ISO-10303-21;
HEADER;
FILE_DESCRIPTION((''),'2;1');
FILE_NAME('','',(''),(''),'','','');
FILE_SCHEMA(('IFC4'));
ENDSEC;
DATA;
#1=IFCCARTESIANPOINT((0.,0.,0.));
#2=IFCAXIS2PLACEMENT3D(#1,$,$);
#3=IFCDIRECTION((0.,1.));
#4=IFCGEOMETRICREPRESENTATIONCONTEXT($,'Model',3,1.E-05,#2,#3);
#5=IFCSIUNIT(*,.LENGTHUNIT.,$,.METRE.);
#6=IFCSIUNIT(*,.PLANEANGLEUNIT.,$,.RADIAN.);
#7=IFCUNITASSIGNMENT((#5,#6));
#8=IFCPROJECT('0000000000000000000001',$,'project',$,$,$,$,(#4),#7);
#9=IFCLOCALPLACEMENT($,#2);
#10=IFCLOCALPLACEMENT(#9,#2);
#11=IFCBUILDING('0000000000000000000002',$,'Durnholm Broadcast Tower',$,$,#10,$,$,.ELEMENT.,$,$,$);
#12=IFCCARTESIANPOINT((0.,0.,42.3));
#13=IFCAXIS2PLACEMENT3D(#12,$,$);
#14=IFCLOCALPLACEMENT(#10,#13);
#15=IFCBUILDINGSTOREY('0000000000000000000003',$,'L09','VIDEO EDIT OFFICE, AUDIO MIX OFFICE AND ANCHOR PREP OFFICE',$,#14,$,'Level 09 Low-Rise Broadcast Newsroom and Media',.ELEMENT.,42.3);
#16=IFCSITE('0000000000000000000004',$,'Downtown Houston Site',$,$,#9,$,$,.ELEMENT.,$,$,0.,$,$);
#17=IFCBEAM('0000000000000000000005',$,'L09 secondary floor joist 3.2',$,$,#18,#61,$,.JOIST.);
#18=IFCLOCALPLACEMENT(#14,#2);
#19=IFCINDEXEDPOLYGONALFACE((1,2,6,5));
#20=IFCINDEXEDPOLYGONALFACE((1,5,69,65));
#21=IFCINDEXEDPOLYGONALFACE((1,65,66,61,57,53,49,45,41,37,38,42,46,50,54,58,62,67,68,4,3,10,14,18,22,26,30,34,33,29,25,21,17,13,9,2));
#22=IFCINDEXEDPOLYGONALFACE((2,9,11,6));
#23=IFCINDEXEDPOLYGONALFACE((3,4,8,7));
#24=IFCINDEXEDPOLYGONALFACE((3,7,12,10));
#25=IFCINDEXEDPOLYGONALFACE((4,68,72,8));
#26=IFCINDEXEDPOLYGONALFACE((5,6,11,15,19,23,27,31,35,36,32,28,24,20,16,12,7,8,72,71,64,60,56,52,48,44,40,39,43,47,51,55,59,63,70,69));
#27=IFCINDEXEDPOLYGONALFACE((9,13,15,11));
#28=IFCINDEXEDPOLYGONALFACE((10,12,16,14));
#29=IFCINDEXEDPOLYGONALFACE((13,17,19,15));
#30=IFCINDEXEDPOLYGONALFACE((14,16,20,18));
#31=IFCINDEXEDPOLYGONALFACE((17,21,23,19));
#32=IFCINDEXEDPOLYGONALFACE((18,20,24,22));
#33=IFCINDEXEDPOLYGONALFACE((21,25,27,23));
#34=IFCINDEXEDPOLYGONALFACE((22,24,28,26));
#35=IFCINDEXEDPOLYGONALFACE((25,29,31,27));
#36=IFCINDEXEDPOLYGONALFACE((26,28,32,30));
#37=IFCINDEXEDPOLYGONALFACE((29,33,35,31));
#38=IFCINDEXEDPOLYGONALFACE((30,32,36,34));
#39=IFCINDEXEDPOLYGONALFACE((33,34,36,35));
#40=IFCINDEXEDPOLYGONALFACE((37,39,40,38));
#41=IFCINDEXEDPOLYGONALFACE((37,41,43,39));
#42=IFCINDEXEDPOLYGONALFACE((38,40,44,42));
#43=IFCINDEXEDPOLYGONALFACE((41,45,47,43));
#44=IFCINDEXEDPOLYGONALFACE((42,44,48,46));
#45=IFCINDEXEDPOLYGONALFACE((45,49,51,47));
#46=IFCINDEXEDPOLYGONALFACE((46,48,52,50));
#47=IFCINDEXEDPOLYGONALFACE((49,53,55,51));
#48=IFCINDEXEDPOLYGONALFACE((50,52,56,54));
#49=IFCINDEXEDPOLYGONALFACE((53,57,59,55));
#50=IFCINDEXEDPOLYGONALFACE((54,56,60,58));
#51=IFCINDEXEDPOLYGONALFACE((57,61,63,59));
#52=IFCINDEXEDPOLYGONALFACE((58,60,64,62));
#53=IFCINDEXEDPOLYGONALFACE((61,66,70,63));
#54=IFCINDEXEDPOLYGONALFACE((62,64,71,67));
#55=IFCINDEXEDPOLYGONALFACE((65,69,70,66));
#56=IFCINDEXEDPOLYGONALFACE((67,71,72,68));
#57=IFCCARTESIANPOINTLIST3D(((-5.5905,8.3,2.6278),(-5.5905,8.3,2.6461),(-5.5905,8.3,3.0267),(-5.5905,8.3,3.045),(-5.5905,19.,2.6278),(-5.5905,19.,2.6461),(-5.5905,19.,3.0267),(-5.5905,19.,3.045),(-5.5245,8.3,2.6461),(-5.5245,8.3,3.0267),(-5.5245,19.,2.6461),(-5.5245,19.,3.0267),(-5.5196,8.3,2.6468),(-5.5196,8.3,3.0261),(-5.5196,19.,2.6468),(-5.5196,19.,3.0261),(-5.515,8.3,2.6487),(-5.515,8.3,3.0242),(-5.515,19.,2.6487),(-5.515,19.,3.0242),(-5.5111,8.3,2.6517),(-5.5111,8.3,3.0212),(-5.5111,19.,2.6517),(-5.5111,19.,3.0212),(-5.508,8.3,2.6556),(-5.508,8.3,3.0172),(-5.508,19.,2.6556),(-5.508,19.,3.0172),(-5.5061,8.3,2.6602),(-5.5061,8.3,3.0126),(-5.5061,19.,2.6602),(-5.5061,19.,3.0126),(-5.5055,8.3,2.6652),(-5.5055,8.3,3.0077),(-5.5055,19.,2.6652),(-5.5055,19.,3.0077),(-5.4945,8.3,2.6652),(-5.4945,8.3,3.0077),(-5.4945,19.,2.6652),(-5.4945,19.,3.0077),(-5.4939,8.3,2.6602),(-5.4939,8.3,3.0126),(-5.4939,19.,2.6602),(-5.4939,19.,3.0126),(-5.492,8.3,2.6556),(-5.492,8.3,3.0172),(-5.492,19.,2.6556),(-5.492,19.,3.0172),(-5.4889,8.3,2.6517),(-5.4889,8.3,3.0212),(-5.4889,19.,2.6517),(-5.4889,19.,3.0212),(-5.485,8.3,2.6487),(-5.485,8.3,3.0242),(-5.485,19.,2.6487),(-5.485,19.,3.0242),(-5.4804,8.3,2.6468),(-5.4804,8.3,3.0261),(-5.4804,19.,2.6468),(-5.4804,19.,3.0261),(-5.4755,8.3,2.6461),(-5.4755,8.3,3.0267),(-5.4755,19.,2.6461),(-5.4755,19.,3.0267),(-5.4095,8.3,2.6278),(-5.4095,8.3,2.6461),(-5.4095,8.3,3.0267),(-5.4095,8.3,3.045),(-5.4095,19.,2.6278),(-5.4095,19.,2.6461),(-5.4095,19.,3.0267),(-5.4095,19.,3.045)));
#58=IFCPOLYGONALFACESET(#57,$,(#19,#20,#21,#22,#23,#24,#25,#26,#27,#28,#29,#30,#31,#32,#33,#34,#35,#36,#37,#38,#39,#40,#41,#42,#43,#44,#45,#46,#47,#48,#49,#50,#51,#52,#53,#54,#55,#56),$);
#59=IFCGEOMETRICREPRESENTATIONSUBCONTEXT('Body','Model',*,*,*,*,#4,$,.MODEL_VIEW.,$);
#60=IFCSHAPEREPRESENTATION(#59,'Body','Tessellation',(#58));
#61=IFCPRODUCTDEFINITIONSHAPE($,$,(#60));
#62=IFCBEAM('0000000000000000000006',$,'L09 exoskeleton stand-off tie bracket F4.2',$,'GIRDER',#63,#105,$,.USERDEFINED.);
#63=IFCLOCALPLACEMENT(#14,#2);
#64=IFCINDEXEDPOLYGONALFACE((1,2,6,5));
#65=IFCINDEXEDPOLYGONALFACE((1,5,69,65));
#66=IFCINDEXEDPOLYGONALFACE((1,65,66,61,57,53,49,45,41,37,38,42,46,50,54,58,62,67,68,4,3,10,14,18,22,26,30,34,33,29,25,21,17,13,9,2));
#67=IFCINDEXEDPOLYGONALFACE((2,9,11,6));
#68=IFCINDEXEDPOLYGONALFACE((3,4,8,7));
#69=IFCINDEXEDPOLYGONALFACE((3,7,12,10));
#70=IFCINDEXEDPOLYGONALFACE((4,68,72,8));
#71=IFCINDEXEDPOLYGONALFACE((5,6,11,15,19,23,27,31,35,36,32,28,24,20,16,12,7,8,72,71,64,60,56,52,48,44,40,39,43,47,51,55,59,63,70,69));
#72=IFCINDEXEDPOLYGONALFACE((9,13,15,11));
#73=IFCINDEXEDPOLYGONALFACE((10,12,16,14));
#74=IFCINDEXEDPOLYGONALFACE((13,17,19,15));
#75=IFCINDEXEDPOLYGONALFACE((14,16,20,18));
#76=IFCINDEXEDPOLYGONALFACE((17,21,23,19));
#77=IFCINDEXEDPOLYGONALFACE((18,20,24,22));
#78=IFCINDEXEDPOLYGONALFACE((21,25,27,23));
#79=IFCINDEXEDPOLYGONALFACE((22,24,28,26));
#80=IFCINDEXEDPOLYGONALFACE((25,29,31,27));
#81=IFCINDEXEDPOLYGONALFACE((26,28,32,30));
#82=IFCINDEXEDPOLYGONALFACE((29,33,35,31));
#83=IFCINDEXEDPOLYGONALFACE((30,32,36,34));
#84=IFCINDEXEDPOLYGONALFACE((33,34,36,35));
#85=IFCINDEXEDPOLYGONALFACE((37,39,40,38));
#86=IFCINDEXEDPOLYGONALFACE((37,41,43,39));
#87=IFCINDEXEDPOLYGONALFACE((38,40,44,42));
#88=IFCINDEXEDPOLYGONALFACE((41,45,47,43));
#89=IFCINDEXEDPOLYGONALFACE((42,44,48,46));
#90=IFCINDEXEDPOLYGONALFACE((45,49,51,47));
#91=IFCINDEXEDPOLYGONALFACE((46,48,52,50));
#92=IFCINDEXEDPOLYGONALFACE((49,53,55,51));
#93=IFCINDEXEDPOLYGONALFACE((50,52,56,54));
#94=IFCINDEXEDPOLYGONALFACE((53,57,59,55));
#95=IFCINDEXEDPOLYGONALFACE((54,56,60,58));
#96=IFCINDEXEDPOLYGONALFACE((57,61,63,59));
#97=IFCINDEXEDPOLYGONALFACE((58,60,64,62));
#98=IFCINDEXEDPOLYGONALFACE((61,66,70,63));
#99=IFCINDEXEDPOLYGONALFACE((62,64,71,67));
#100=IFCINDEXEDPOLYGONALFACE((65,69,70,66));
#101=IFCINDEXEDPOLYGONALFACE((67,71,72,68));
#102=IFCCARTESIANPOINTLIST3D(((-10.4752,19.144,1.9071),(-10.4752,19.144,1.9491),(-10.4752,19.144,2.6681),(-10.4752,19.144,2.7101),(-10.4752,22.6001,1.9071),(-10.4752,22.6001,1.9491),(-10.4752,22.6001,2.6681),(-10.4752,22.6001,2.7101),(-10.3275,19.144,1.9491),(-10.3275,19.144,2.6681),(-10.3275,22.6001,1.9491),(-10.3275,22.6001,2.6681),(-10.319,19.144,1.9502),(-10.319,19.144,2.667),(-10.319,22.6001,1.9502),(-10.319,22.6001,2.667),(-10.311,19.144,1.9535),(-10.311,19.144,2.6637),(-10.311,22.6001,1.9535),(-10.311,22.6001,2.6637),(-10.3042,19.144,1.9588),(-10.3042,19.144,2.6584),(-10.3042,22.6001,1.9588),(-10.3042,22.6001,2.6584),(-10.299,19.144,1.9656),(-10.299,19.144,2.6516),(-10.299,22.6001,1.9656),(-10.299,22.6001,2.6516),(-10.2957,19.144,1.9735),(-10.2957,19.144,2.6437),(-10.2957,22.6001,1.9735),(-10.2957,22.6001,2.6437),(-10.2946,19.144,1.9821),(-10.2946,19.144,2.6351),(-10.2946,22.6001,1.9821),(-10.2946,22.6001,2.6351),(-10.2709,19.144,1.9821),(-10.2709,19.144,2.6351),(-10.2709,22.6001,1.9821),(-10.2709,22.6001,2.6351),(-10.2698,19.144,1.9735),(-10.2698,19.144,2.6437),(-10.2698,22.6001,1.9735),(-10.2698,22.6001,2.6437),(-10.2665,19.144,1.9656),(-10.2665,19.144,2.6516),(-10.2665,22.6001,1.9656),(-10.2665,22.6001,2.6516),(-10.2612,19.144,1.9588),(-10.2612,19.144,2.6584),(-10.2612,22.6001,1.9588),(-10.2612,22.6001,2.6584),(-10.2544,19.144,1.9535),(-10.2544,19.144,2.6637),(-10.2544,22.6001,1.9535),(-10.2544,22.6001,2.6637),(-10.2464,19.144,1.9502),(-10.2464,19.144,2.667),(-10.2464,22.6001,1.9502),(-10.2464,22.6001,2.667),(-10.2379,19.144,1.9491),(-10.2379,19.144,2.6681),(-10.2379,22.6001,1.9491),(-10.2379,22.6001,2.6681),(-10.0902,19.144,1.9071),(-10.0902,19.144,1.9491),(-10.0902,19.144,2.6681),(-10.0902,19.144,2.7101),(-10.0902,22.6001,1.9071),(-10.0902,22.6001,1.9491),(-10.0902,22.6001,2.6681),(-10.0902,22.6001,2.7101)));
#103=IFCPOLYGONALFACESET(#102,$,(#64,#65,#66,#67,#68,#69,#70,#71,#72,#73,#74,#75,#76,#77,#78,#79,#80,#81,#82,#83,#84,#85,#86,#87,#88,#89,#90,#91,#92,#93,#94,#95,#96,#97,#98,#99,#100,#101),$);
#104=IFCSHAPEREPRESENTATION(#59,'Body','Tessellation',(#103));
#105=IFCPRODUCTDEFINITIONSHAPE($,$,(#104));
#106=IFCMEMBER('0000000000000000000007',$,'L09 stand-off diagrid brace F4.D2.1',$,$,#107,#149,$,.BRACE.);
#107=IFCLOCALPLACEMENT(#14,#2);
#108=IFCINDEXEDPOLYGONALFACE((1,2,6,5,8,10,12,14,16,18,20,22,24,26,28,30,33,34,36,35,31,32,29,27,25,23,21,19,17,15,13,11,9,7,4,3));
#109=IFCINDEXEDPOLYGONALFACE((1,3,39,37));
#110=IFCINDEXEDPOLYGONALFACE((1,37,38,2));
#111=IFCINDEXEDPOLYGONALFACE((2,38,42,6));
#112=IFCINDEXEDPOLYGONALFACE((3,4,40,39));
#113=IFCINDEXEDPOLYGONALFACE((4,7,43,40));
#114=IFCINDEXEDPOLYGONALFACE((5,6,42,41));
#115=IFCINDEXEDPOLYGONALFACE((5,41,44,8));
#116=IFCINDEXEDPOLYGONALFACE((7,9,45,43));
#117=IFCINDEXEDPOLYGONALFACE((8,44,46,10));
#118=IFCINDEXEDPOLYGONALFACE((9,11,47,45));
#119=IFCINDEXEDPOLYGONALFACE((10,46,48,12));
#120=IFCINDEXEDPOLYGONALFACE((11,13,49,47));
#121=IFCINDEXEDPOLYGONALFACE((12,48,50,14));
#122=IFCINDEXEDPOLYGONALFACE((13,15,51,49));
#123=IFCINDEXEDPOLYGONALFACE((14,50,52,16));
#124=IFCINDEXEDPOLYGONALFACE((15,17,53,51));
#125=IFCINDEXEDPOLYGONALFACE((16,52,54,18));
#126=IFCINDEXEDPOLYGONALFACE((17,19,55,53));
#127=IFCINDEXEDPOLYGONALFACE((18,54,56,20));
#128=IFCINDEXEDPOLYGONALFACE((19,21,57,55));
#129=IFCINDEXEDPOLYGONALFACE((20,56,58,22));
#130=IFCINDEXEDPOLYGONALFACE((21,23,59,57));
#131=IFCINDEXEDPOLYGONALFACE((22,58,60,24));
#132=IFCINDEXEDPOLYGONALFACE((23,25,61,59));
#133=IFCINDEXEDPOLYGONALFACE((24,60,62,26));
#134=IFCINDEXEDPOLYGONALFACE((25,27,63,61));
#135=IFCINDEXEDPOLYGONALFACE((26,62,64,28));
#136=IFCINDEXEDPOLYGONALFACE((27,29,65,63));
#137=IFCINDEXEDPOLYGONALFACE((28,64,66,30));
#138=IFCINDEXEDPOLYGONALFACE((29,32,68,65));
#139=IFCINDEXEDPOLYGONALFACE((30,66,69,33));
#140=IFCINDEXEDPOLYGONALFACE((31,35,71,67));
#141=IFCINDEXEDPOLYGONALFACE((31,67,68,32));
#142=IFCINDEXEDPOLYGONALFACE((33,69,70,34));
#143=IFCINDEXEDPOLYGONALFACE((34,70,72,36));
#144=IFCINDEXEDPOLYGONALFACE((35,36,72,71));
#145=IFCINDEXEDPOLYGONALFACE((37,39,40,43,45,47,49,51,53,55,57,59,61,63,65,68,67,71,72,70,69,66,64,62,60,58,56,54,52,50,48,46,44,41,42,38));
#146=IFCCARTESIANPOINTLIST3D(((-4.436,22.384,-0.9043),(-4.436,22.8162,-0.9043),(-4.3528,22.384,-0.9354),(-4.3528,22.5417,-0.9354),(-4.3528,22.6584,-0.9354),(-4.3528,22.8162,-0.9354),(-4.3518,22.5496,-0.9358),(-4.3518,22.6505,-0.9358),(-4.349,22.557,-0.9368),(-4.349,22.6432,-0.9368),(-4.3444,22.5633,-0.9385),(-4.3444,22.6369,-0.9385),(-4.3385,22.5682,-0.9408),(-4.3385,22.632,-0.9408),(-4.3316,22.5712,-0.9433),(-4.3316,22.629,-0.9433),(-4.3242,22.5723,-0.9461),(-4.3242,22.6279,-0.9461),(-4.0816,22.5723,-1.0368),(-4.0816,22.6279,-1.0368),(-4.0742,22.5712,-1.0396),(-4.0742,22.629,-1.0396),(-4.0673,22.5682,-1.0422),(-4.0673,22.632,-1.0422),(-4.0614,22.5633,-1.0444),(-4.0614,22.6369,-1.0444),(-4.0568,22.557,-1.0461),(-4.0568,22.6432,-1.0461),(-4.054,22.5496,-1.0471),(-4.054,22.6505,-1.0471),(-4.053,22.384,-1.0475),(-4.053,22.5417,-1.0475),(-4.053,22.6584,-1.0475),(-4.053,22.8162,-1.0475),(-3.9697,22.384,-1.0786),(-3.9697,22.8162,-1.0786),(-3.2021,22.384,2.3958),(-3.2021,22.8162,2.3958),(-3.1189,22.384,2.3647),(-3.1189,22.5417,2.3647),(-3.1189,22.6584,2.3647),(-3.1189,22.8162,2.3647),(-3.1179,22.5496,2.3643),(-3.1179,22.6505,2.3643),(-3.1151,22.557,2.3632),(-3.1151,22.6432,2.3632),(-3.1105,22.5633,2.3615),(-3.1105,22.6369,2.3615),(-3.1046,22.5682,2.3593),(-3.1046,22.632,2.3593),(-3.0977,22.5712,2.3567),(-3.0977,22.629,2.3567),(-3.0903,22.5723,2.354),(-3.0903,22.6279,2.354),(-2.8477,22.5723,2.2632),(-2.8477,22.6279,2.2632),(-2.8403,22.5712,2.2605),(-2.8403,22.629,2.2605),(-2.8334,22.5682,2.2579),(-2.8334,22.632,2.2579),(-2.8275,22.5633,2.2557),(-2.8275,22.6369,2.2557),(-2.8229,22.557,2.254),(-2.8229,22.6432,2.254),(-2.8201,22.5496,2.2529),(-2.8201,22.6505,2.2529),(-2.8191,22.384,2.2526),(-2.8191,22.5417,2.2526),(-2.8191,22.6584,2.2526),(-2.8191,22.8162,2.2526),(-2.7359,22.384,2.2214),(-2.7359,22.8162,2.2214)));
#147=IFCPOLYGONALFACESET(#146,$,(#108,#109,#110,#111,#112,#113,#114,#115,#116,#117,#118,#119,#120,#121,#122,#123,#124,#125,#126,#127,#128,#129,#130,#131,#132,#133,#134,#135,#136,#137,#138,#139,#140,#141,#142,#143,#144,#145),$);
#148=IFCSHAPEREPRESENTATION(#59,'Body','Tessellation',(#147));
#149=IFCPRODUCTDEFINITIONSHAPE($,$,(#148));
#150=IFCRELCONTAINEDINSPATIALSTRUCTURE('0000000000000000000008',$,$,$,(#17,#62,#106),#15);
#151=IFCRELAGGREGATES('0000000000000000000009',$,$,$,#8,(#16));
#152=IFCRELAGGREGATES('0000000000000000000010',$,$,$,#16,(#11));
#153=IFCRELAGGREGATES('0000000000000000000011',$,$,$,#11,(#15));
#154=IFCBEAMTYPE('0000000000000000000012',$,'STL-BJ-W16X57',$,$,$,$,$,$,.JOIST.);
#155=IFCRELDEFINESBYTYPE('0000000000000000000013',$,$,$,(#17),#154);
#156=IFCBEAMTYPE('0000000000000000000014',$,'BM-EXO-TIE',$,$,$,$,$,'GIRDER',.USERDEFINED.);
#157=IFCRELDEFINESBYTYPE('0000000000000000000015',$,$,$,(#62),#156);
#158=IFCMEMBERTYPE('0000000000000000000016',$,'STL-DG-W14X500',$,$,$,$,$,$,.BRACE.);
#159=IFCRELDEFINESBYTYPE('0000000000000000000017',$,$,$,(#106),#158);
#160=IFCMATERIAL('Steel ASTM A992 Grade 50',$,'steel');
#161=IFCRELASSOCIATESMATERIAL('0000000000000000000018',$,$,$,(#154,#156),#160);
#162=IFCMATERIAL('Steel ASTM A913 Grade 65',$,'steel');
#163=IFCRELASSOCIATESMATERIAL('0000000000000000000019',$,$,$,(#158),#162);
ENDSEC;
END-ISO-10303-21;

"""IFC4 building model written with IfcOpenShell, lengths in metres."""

from ifc_helpers import new_model, si_unit, direction, frame, origin, origin_2d, place, context, subcontext, project, spatial, i_section, extrude, source, transform, mapped, material, material_profile, profile_set, type_object, type_shapes, element, save


model = new_model("IFC4")

# Units and contexts
model_context = context("Model", 3, precision=1e-05, world=origin(), true_north=direction((0.0, 1.0)))
body_context = subcontext(model_context, "Body", "Model", "MODEL_VIEW")
ifc_project = project(units=[si_unit("LENGTHUNIT", "METRE"), si_unit("PLANEANGLEUNIT", "RADIAN")], contexts=[model_context])

# Site, building, storey
site_placement = place(None, origin())
site = spatial("IfcSite", under=ifc_project, at=site_placement, Name="Downtown Houston Site", CompositionType="ELEMENT", RefElevation=0.0)
building_placement = place(site_placement, origin())
building = spatial("IfcBuilding", under=site, at=building_placement, Name="Durnholm Broadcast Tower", CompositionType="ELEMENT")
storey_placement = place(building_placement, frame((0.0, 0.0, 42.3)))
storey = spatial("IfcBuildingStorey", under=building, at=storey_placement, Name="L09", Description="VIDEO EDIT OFFICE, AUDIO MIX OFFICE AND ANCHOR PREP OFFICE", LongName="Level 09 Low-Rise Broadcast Newsroom and Media", CompositionType="ELEMENT", Elevation=42.3)

# Beams
ifc_material_1 = material(Name="Steel ASTM A992 Grade 50", Category="steel")
ifc_material_profile_1 = material_profile(ifc_material_1, i_section(OverallWidth=0.1809, OverallDepth=0.4172, WebThickness=0.011, FlangeThickness=0.0183, FilletRadius=0.019, at=origin_2d()), Name="W16X57")
ifc_profile_set_1 = profile_set([ifc_material_profile_1], Name="Steel ASTM A992 Grade 50")
beam_type_1 = type_object("IfcBeamType", Name="STL-BJ-W16X57", PredefinedType="JOIST", material=ifc_profile_set_1)
shared_shape_1 = source(origin(), body_context, "Body", "SweptSolid", [
    extrude(i_section(OverallWidth=0.1809, OverallDepth=0.4172, WebThickness=0.011, FlangeThickness=0.0183, FilletRadius=0.019, at=origin_2d()), origin(), (0.0, 0.0, 1.0), 10.7),
])
type_shapes(beam_type_1, [shared_shape_1])
beam_1_placement = place(storey_placement, frame((-5.5, 8.3, 2.8364), z_axis=(0.0, 1.0, 0.0), x_axis=(-1.0, 0.0, 0.0)))
element("IfcBeam", 1, at=beam_1_placement, inside=storey, type_object=beam_type_1, Name="L09 secondary floor joist 3.2", PredefinedType="JOIST", context=body_context, shape_type="MappedRepresentation", body=[
    mapped(shared_shape_1, transform((0.0, 0.0, 0.0), x_axis=(1.0, 0.0, 0.0), y_axis=(0.0, 1.0, 0.0), z_axis=(0.0, 0.0, 1.0), scale=1.0)),
])
ifc_material_profile_2 = material_profile(ifc_material_1, i_section(OverallWidth=0.385, OverallDepth=0.803, WebThickness=0.0237, FlangeThickness=0.042, FilletRadius=0.033, at=origin_2d()), Name="W30X261")
ifc_profile_set_2 = profile_set([ifc_material_profile_2], Name="Steel ASTM A992 Grade 50")
beam_type_2 = type_object("IfcBeamType", Name="BM-EXO-TIE", ElementType="GIRDER", PredefinedType="USERDEFINED", material=ifc_profile_set_2)
shared_shape_2 = source(origin(), body_context, "Body", "SweptSolid", [
    extrude(i_section(OverallWidth=0.385, OverallDepth=0.803, WebThickness=0.0237, FlangeThickness=0.042, FilletRadius=0.033, at=origin_2d()), origin(), (0.0, 0.0, 1.0), 3.4561),
])
type_shapes(beam_type_2, [shared_shape_2])
beam_2_placement = place(storey_placement, frame((-10.2827, 19.144, 2.3086), z_axis=(0.0, 1.0, 0.0), x_axis=(-1.0, 0.0, 0.0)))
element("IfcBeam", 2, at=beam_2_placement, inside=storey, type_object=beam_type_2, Name="L09 exoskeleton stand-off tie bracket F4.2", ObjectType="GIRDER", PredefinedType="USERDEFINED", context=body_context, shape_type="MappedRepresentation", body=[
    mapped(shared_shape_2, transform((0.0, 0.0, 0.0), x_axis=(1.0, 0.0, 0.0), y_axis=(0.0, 1.0, 0.0), z_axis=(0.0, 0.0, 1.0), scale=1.0)),
])

# Member
ifc_material_2 = material(Name="Steel ASTM A913 Grade 65", Category="steel")
ifc_material_profile_3 = material_profile(ifc_material_2, i_section(OverallWidth=0.4321, OverallDepth=0.4978, WebThickness=0.0557, FlangeThickness=0.0889, FilletRadius=0.0305, at=origin_2d()), Name="W14X500")
ifc_profile_set_3 = profile_set([ifc_material_profile_3], Name="Steel ASTM A913 Grade 65")
member_type = type_object("IfcMemberType", Name="STL-DG-W14X500", PredefinedType="BRACE", material=ifc_profile_set_3)
shared_shape_3 = source(origin(), body_context, "Body", "SweptSolid", [
    extrude(i_section(OverallWidth=0.4321, OverallDepth=0.4978, WebThickness=0.0557, FlangeThickness=0.0889, FilletRadius=0.0305, at=origin_2d()), origin(), (0.0, 0.0, 1.0), 3.5232),
])
type_shapes(member_type, [shared_shape_3])
for number, where, z_axis, x_axis, name in (
    (3, (-4.2029, 22.6001, -0.9915), (0.35022, 0.0, 0.936668), (0.0, 1.0, 0.0), "L09 stand-off diagrid brace F4.D2.1"),
):
    element("IfcMember", number, at=place(storey_placement, frame(where, z_axis=z_axis, x_axis=x_axis)), inside=storey, type_object=member_type, Name=name, PredefinedType="BRACE", context=body_context, shape_type="MappedRepresentation", body=[
        mapped(shared_shape_3, transform((0.0, 0.0, 0.0), x_axis=(1.0, 0.0, 0.0), y_axis=(0.0, 1.0, 0.0), z_axis=(0.0, 0.0, 1.0), scale=1.0)),
    ])

save(model, "model.ifc")
